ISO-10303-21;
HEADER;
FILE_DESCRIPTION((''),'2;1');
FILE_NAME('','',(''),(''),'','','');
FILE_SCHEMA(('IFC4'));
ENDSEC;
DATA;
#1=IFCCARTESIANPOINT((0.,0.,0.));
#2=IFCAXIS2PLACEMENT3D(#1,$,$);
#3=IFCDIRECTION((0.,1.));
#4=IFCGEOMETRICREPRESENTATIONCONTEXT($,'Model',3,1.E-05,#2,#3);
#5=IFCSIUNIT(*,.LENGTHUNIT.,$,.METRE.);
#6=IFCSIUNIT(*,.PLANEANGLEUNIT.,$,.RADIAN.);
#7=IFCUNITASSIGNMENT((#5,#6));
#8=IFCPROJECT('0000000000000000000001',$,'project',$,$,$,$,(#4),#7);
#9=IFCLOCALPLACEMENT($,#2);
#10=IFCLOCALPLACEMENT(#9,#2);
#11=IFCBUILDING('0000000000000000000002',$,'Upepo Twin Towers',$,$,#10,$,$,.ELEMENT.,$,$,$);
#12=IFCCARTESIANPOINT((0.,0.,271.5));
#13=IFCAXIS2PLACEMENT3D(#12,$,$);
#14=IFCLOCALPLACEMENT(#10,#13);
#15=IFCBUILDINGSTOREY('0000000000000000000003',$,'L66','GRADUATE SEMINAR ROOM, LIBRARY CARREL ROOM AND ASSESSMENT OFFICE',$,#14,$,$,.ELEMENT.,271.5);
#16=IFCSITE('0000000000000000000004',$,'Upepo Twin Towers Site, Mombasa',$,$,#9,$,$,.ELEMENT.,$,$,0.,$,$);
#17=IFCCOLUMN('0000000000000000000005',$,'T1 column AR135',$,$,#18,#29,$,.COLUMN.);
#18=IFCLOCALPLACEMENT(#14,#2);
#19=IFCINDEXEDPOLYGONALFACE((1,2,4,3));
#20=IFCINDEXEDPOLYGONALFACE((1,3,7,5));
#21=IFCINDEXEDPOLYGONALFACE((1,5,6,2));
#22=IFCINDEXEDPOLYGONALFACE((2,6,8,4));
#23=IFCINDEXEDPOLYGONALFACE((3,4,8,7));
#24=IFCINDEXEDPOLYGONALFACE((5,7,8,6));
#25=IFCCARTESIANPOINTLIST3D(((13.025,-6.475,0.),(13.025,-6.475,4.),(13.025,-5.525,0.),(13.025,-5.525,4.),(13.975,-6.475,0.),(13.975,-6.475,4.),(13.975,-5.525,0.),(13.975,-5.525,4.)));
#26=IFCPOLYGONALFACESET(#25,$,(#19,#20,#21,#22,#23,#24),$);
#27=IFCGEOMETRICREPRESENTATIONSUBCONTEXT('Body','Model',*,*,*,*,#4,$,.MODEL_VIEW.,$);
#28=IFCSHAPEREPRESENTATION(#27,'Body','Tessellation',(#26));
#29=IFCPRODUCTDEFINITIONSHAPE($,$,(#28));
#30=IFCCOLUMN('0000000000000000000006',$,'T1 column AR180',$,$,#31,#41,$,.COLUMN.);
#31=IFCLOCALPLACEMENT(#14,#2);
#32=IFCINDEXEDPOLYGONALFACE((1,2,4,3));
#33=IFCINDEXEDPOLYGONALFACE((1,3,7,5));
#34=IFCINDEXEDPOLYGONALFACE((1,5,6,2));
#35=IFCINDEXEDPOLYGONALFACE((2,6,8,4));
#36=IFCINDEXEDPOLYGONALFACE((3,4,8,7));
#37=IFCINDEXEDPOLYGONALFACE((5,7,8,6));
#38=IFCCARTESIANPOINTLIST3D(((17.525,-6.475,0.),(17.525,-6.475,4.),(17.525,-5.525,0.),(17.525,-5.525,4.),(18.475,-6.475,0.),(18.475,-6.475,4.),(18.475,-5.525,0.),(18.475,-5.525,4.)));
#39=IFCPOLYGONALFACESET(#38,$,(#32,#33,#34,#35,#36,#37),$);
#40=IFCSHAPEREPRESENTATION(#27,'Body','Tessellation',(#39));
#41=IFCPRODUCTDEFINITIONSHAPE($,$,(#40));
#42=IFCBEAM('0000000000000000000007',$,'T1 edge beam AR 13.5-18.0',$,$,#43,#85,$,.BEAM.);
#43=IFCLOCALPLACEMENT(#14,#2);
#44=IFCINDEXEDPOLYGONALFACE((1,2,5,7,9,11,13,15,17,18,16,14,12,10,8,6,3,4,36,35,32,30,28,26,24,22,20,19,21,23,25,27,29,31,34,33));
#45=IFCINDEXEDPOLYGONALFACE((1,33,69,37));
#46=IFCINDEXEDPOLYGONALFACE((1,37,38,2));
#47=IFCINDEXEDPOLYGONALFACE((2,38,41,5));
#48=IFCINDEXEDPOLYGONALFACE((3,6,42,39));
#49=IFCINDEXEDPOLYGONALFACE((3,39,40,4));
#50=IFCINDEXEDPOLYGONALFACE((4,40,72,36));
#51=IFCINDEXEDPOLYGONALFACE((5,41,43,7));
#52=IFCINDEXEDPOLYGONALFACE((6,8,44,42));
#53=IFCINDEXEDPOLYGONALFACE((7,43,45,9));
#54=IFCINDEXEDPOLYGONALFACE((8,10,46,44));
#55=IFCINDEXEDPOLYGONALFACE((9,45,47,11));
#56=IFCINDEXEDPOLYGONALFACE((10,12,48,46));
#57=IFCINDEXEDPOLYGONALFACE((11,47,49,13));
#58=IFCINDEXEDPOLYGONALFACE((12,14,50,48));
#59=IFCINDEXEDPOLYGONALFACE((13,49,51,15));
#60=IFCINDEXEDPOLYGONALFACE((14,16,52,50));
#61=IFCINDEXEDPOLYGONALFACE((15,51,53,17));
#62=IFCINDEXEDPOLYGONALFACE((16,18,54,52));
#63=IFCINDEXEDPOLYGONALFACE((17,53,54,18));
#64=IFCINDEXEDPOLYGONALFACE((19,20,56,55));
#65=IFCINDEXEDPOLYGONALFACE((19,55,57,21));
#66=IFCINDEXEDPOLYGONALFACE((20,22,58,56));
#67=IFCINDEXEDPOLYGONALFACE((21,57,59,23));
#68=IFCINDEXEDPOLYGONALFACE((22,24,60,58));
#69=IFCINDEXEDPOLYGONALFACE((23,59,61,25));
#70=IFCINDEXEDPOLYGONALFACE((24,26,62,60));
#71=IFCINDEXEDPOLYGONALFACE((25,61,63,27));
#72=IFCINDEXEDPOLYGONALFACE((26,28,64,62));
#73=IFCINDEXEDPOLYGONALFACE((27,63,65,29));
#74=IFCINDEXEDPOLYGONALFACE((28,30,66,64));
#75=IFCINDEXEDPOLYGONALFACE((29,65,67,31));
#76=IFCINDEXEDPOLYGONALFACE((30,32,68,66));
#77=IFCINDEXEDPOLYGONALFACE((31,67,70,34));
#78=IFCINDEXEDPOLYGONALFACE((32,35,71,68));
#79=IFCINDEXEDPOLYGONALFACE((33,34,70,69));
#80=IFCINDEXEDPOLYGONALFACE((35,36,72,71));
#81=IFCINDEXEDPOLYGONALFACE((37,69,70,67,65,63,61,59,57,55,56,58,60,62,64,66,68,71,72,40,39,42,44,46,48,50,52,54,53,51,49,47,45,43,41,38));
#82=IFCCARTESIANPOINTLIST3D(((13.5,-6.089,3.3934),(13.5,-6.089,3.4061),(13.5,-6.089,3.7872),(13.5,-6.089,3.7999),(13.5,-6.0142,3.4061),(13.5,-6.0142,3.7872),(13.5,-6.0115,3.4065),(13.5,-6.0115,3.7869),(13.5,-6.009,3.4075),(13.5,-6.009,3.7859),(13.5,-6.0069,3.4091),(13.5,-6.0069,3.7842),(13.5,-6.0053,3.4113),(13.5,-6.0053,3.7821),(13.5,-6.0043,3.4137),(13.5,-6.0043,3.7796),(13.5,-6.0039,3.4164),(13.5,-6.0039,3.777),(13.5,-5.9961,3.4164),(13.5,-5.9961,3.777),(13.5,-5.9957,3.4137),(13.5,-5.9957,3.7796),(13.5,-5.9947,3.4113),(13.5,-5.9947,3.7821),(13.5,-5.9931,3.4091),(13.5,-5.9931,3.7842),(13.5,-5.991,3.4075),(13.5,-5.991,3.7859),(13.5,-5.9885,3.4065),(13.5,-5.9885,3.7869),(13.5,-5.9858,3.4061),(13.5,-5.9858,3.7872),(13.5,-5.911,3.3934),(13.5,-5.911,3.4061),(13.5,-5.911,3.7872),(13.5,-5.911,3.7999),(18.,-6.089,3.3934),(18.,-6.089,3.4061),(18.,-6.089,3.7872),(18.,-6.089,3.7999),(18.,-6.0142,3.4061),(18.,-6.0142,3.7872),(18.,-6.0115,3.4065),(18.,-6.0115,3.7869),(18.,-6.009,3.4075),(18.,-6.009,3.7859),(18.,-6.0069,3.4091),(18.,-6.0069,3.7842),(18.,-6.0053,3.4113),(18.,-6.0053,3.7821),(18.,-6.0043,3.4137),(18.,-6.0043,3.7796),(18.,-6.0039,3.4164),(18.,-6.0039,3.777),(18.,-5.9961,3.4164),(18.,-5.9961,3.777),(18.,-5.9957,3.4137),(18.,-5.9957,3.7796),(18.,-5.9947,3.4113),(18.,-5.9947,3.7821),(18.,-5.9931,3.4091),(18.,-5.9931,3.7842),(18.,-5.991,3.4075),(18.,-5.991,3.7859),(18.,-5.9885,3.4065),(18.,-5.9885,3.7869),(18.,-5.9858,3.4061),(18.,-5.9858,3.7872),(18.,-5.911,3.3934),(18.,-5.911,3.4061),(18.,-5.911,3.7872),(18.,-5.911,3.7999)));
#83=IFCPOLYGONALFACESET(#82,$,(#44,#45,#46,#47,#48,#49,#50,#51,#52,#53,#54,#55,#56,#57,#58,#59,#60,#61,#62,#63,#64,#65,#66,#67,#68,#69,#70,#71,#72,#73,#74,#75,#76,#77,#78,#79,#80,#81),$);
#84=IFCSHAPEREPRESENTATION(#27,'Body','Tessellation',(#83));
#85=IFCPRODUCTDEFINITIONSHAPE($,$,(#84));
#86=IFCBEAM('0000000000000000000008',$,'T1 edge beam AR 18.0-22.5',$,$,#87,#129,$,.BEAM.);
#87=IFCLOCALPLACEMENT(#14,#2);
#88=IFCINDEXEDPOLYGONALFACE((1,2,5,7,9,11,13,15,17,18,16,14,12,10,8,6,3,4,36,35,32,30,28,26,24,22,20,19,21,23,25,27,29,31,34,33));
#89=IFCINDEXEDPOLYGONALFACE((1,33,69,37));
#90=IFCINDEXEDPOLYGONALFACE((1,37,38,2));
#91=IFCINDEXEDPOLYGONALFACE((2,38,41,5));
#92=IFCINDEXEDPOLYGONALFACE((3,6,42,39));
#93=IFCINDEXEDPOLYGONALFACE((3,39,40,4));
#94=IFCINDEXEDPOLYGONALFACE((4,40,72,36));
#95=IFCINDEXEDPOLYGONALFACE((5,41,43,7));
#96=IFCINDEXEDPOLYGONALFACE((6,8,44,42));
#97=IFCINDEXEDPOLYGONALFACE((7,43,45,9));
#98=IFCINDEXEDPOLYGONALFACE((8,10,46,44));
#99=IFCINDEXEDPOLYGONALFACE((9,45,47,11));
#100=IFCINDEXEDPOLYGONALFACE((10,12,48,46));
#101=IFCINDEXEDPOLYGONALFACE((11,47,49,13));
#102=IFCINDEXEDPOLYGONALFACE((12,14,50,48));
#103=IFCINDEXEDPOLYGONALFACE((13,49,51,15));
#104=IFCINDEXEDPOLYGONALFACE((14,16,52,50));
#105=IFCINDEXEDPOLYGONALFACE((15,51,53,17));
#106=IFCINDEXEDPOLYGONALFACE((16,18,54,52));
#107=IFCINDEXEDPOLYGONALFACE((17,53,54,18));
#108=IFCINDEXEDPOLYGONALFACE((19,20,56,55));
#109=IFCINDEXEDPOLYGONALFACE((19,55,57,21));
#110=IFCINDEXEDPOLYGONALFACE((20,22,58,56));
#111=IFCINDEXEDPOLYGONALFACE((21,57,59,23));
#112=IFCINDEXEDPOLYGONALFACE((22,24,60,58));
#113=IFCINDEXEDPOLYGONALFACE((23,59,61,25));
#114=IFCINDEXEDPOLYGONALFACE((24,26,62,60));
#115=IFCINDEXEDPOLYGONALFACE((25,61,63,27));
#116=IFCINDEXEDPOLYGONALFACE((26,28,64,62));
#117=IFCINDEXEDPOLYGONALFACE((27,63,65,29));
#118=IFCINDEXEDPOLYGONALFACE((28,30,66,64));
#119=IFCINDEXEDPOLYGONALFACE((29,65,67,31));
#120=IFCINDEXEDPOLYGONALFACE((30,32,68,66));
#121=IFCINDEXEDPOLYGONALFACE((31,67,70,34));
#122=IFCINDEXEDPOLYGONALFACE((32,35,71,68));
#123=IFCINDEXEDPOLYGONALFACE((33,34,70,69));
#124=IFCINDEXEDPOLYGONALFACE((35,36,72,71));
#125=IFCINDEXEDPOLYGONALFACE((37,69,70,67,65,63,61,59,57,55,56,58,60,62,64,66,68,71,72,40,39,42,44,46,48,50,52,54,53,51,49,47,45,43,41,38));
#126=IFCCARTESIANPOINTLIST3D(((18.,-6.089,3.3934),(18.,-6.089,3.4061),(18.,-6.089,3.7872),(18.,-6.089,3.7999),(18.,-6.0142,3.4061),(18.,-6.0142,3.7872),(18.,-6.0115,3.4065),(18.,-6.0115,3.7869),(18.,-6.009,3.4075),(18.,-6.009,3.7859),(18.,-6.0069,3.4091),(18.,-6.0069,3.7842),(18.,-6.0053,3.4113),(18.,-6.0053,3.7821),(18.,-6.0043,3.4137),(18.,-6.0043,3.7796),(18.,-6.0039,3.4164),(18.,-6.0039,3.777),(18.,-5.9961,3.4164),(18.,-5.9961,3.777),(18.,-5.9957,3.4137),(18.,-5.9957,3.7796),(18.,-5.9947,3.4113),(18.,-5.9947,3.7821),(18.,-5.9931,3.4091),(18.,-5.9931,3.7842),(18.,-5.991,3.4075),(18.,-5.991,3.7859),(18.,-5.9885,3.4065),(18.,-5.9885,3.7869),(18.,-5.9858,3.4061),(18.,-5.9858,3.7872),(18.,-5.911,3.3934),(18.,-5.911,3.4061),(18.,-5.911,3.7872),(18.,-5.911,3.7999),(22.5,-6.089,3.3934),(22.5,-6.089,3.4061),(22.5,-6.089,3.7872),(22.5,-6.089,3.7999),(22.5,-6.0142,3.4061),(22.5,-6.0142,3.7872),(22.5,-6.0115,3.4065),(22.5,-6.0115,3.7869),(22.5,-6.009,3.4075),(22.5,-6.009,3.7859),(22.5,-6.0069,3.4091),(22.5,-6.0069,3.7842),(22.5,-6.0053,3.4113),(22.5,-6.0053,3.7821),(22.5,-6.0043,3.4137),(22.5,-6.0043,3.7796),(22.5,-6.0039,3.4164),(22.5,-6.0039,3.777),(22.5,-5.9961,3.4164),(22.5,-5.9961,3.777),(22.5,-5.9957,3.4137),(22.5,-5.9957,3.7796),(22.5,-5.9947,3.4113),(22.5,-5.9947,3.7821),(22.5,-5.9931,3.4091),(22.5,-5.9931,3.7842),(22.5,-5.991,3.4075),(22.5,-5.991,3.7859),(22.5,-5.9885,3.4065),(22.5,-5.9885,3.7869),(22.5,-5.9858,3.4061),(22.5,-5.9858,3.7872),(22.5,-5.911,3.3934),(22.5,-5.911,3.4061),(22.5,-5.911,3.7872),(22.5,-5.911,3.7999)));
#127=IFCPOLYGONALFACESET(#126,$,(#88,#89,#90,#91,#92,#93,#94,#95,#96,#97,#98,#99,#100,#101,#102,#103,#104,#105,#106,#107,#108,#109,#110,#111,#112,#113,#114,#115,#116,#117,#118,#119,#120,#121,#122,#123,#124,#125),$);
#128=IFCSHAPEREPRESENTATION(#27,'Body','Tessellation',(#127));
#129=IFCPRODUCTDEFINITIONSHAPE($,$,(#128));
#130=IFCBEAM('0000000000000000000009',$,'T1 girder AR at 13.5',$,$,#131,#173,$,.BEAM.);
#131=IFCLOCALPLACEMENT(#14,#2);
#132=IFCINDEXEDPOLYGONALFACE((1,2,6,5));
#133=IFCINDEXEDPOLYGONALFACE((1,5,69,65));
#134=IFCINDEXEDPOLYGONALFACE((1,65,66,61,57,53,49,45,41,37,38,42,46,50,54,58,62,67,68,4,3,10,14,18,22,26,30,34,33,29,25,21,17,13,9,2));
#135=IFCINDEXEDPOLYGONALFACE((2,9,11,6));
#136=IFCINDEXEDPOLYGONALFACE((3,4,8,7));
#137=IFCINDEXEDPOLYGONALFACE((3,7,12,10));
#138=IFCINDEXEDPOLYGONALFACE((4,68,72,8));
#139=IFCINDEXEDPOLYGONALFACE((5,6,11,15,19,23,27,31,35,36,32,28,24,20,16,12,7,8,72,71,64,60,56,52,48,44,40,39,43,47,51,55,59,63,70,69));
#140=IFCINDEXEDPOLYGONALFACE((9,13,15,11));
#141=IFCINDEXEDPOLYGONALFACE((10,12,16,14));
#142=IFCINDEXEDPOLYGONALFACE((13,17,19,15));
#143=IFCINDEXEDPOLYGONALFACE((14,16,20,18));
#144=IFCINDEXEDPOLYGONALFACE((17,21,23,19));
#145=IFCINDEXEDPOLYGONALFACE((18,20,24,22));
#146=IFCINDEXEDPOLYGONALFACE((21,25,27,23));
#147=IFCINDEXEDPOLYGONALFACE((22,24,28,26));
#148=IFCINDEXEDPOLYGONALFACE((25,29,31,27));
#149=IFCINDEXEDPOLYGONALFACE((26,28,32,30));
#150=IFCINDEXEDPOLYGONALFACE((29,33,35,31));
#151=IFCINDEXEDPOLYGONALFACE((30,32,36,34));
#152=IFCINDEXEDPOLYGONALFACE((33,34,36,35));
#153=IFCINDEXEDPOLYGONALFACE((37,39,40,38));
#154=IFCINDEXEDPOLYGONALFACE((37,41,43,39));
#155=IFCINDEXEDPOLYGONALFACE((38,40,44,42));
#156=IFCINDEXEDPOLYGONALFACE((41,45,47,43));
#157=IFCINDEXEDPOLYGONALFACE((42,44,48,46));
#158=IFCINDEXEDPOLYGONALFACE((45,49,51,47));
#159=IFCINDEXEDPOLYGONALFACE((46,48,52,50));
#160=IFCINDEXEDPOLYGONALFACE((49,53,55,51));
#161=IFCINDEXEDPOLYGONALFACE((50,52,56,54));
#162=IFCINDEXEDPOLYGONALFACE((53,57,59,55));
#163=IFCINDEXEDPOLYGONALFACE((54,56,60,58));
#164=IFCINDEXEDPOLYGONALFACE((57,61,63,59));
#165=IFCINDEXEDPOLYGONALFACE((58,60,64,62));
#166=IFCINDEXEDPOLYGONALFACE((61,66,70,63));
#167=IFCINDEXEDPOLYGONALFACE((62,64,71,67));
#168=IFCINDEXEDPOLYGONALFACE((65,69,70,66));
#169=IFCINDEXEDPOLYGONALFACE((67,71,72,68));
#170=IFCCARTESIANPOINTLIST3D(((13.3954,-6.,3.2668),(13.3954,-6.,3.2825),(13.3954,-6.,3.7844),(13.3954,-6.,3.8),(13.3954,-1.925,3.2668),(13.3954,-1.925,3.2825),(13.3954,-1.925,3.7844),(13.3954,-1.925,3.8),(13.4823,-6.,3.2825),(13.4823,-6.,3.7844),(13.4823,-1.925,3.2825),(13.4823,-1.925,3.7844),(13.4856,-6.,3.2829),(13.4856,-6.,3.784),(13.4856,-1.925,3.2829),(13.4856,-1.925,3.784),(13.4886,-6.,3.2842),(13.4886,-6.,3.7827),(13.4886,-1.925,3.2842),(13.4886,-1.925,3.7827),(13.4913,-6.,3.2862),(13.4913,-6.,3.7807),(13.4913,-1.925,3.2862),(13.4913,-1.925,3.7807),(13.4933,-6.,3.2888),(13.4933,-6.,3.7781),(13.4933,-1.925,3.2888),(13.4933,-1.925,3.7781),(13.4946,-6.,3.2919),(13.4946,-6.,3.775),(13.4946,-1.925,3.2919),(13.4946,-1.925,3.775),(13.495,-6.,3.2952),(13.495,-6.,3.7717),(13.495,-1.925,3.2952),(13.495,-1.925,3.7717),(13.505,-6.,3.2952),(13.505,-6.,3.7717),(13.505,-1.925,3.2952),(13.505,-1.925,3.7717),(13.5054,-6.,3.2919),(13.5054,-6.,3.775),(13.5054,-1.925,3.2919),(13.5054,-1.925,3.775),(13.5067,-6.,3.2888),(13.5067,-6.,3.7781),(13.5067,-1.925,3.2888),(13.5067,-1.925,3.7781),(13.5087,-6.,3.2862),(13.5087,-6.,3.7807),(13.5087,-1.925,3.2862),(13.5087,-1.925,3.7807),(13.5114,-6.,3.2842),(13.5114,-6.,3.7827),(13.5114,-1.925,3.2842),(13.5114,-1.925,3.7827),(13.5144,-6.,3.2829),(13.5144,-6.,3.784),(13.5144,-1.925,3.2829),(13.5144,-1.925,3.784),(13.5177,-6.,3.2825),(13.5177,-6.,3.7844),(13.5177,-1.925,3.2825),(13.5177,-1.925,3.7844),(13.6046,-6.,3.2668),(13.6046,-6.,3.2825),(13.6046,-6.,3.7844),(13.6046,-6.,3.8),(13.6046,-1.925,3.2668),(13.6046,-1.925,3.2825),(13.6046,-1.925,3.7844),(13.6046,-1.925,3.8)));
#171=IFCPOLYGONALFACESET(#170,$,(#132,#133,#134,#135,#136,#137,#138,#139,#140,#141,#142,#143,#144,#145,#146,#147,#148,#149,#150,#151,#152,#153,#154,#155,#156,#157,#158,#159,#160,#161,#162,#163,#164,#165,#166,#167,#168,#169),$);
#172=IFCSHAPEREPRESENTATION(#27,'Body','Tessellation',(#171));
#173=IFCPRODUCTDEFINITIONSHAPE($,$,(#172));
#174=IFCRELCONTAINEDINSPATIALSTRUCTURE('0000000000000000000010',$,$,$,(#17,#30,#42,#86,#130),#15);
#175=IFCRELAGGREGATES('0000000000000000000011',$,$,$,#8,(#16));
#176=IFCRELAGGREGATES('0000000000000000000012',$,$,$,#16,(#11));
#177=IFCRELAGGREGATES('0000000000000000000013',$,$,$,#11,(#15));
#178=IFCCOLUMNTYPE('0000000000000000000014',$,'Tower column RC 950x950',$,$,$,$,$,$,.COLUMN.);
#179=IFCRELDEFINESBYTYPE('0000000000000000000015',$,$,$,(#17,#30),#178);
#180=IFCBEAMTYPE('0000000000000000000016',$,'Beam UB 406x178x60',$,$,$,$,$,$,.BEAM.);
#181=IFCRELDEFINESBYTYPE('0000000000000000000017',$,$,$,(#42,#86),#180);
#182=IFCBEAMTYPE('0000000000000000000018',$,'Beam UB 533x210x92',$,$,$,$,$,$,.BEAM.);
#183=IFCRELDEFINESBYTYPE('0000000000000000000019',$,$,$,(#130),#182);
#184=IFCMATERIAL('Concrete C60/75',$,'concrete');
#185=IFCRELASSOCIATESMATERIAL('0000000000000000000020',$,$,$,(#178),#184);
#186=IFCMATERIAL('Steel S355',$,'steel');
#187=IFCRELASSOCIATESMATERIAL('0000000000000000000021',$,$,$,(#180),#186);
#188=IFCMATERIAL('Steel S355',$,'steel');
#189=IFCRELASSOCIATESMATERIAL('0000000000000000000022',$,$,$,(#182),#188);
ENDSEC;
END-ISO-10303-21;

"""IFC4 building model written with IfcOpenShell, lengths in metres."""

from ifc_helpers import new_model, si_unit, direction, frame, origin, origin_2d, place, context, subcontext, project, spatial, rectangle, i_section, extrude, material, material_profile, profile_set, type_object, element, save


model = new_model("IFC4")

# Units and contexts
model_context = context("Model", 3, precision=1e-05, world=origin(), true_north=direction((0.0, 1.0)))
body_context = subcontext(model_context, "Body", "Model", "MODEL_VIEW")
ifc_project = project(units=[si_unit("LENGTHUNIT", "METRE"), si_unit("PLANEANGLEUNIT", "RADIAN")], contexts=[model_context])

# Site, building, storey
site_placement = place(None, origin())
site = spatial("IfcSite", under=ifc_project, at=site_placement, Name="Upepo Twin Towers Site, Mombasa", CompositionType="ELEMENT", RefElevation=0.0)
building_placement = place(site_placement, origin())
building = spatial("IfcBuilding", under=site, at=building_placement, Name="Upepo Twin Towers", CompositionType="ELEMENT")
storey_placement = place(building_placement, frame((0.0, 0.0, 271.5)))
storey = spatial("IfcBuildingStorey", under=building, at=storey_placement, Name="L66", Description="GRADUATE SEMINAR ROOM, LIBRARY CARREL ROOM AND ASSESSMENT OFFICE", CompositionType="ELEMENT", Elevation=271.5)

# Columns
ifc_material_1 = material(Name="Concrete C60/75", Category="concrete")
ifc_material_profile_1 = material_profile(ifc_material_1, rectangle(XDim=0.95, YDim=0.95, at=origin_2d()), Name="RC 950x950")
ifc_profile_set_1 = profile_set([ifc_material_profile_1], Name="Concrete C60/75")
column_type = type_object("IfcColumnType", Name="Tower column RC 950x950", PredefinedType="COLUMN", material=ifc_profile_set_1)
for number, where, z_axis, x_axis, name in (
    (1, (13.5, -6.0, 0.0), (0.0, 0.0, 1.0), (1.0, 0.0, 0.0), "T1 column AR135"),
    (2, (18.0, -6.0, 0.0), (0.0, 0.0, 1.0), (1.0, 0.0, 0.0), "T1 column AR180"),
):
    element("IfcColumn", number, at=place(storey_placement, frame(where, z_axis=z_axis, x_axis=x_axis)), inside=storey, type_object=column_type, Name=name, PredefinedType="COLUMN", context=body_context, shape_type="SweptSolid", body=[
        extrude(rectangle(XDim=0.95, YDim=0.95, at=origin_2d()), origin(), (0.0, 0.0, 1.0), 4.0),
    ])

# Beams
ifc_material_2 = material(Name="Steel S355", Category="steel")
ifc_material_profile_2 = material_profile(ifc_material_2, i_section(OverallWidth=0.178, OverallDepth=0.4065, WebThickness=0.0078, FlangeThickness=0.0127, FilletRadius=0.0103, at=origin_2d()), Name="UB 406x178x60")
ifc_profile_set_2 = profile_set([ifc_material_profile_2], Name="Steel S355")
beam_type_1 = type_object("IfcBeamType", Name="Beam UB 406x178x60", PredefinedType="BEAM", material=ifc_profile_set_2)
for number, where, z_axis, x_axis, name in (
    (3, (13.5, -6.0, 3.5967), (1.0, 0.0, 0.0), (0.0, 1.0, 0.0), "T1 edge beam AR 13.5-18.0"),
    (4, (18.0, -6.0, 3.5967), (1.0, 0.0, 0.0), (0.0, 1.0, 0.0), "T1 edge beam AR 18.0-22.5"),
):
    element("IfcBeam", number, at=place(storey_placement, frame(where, z_axis=z_axis, x_axis=x_axis)), inside=storey, type_object=beam_type_1, Name=name, PredefinedType="BEAM", context=body_context, shape_type="SweptSolid", body=[
        extrude(i_section(OverallWidth=0.178, OverallDepth=0.4065, WebThickness=0.0078, FlangeThickness=0.0127, FilletRadius=0.0103, at=origin_2d()), origin(), (0.0, 0.0, 1.0), 4.5),
    ])
ifc_material_3 = material(Name="Steel S355", Category="steel")
ifc_material_profile_3 = material_profile(ifc_material_3, i_section(OverallWidth=0.2092, OverallDepth=0.5332, WebThickness=0.01, FlangeThickness=0.0156, FilletRadius=0.0127, at=origin_2d()), Name="UB 533x210x92")
ifc_profile_set_3 = profile_set([ifc_material_profile_3], Name="Steel S355")
beam_type_2 = type_object("IfcBeamType", Name="Beam UB 533x210x92", PredefinedType="BEAM", material=ifc_profile_set_3)
for number, where, z_axis, x_axis, name in (
    (5, (13.5, -6.0, 3.5334), (0.0, 1.0, 0.0), (-1.0, 0.0, 0.0), "T1 girder AR at 13.5"),
):
    element("IfcBeam", number, at=place(storey_placement, frame(where, z_axis=z_axis, x_axis=x_axis)), inside=storey, type_object=beam_type_2, Name=name, PredefinedType="BEAM", context=body_context, shape_type="SweptSolid", body=[
        extrude(i_section(OverallWidth=0.2092, OverallDepth=0.5332, WebThickness=0.01, FlangeThickness=0.0156, FilletRadius=0.0127, at=origin_2d()), origin(), (0.0, 0.0, 1.0), 4.075),
    ])

save(model, "model.ifc")
